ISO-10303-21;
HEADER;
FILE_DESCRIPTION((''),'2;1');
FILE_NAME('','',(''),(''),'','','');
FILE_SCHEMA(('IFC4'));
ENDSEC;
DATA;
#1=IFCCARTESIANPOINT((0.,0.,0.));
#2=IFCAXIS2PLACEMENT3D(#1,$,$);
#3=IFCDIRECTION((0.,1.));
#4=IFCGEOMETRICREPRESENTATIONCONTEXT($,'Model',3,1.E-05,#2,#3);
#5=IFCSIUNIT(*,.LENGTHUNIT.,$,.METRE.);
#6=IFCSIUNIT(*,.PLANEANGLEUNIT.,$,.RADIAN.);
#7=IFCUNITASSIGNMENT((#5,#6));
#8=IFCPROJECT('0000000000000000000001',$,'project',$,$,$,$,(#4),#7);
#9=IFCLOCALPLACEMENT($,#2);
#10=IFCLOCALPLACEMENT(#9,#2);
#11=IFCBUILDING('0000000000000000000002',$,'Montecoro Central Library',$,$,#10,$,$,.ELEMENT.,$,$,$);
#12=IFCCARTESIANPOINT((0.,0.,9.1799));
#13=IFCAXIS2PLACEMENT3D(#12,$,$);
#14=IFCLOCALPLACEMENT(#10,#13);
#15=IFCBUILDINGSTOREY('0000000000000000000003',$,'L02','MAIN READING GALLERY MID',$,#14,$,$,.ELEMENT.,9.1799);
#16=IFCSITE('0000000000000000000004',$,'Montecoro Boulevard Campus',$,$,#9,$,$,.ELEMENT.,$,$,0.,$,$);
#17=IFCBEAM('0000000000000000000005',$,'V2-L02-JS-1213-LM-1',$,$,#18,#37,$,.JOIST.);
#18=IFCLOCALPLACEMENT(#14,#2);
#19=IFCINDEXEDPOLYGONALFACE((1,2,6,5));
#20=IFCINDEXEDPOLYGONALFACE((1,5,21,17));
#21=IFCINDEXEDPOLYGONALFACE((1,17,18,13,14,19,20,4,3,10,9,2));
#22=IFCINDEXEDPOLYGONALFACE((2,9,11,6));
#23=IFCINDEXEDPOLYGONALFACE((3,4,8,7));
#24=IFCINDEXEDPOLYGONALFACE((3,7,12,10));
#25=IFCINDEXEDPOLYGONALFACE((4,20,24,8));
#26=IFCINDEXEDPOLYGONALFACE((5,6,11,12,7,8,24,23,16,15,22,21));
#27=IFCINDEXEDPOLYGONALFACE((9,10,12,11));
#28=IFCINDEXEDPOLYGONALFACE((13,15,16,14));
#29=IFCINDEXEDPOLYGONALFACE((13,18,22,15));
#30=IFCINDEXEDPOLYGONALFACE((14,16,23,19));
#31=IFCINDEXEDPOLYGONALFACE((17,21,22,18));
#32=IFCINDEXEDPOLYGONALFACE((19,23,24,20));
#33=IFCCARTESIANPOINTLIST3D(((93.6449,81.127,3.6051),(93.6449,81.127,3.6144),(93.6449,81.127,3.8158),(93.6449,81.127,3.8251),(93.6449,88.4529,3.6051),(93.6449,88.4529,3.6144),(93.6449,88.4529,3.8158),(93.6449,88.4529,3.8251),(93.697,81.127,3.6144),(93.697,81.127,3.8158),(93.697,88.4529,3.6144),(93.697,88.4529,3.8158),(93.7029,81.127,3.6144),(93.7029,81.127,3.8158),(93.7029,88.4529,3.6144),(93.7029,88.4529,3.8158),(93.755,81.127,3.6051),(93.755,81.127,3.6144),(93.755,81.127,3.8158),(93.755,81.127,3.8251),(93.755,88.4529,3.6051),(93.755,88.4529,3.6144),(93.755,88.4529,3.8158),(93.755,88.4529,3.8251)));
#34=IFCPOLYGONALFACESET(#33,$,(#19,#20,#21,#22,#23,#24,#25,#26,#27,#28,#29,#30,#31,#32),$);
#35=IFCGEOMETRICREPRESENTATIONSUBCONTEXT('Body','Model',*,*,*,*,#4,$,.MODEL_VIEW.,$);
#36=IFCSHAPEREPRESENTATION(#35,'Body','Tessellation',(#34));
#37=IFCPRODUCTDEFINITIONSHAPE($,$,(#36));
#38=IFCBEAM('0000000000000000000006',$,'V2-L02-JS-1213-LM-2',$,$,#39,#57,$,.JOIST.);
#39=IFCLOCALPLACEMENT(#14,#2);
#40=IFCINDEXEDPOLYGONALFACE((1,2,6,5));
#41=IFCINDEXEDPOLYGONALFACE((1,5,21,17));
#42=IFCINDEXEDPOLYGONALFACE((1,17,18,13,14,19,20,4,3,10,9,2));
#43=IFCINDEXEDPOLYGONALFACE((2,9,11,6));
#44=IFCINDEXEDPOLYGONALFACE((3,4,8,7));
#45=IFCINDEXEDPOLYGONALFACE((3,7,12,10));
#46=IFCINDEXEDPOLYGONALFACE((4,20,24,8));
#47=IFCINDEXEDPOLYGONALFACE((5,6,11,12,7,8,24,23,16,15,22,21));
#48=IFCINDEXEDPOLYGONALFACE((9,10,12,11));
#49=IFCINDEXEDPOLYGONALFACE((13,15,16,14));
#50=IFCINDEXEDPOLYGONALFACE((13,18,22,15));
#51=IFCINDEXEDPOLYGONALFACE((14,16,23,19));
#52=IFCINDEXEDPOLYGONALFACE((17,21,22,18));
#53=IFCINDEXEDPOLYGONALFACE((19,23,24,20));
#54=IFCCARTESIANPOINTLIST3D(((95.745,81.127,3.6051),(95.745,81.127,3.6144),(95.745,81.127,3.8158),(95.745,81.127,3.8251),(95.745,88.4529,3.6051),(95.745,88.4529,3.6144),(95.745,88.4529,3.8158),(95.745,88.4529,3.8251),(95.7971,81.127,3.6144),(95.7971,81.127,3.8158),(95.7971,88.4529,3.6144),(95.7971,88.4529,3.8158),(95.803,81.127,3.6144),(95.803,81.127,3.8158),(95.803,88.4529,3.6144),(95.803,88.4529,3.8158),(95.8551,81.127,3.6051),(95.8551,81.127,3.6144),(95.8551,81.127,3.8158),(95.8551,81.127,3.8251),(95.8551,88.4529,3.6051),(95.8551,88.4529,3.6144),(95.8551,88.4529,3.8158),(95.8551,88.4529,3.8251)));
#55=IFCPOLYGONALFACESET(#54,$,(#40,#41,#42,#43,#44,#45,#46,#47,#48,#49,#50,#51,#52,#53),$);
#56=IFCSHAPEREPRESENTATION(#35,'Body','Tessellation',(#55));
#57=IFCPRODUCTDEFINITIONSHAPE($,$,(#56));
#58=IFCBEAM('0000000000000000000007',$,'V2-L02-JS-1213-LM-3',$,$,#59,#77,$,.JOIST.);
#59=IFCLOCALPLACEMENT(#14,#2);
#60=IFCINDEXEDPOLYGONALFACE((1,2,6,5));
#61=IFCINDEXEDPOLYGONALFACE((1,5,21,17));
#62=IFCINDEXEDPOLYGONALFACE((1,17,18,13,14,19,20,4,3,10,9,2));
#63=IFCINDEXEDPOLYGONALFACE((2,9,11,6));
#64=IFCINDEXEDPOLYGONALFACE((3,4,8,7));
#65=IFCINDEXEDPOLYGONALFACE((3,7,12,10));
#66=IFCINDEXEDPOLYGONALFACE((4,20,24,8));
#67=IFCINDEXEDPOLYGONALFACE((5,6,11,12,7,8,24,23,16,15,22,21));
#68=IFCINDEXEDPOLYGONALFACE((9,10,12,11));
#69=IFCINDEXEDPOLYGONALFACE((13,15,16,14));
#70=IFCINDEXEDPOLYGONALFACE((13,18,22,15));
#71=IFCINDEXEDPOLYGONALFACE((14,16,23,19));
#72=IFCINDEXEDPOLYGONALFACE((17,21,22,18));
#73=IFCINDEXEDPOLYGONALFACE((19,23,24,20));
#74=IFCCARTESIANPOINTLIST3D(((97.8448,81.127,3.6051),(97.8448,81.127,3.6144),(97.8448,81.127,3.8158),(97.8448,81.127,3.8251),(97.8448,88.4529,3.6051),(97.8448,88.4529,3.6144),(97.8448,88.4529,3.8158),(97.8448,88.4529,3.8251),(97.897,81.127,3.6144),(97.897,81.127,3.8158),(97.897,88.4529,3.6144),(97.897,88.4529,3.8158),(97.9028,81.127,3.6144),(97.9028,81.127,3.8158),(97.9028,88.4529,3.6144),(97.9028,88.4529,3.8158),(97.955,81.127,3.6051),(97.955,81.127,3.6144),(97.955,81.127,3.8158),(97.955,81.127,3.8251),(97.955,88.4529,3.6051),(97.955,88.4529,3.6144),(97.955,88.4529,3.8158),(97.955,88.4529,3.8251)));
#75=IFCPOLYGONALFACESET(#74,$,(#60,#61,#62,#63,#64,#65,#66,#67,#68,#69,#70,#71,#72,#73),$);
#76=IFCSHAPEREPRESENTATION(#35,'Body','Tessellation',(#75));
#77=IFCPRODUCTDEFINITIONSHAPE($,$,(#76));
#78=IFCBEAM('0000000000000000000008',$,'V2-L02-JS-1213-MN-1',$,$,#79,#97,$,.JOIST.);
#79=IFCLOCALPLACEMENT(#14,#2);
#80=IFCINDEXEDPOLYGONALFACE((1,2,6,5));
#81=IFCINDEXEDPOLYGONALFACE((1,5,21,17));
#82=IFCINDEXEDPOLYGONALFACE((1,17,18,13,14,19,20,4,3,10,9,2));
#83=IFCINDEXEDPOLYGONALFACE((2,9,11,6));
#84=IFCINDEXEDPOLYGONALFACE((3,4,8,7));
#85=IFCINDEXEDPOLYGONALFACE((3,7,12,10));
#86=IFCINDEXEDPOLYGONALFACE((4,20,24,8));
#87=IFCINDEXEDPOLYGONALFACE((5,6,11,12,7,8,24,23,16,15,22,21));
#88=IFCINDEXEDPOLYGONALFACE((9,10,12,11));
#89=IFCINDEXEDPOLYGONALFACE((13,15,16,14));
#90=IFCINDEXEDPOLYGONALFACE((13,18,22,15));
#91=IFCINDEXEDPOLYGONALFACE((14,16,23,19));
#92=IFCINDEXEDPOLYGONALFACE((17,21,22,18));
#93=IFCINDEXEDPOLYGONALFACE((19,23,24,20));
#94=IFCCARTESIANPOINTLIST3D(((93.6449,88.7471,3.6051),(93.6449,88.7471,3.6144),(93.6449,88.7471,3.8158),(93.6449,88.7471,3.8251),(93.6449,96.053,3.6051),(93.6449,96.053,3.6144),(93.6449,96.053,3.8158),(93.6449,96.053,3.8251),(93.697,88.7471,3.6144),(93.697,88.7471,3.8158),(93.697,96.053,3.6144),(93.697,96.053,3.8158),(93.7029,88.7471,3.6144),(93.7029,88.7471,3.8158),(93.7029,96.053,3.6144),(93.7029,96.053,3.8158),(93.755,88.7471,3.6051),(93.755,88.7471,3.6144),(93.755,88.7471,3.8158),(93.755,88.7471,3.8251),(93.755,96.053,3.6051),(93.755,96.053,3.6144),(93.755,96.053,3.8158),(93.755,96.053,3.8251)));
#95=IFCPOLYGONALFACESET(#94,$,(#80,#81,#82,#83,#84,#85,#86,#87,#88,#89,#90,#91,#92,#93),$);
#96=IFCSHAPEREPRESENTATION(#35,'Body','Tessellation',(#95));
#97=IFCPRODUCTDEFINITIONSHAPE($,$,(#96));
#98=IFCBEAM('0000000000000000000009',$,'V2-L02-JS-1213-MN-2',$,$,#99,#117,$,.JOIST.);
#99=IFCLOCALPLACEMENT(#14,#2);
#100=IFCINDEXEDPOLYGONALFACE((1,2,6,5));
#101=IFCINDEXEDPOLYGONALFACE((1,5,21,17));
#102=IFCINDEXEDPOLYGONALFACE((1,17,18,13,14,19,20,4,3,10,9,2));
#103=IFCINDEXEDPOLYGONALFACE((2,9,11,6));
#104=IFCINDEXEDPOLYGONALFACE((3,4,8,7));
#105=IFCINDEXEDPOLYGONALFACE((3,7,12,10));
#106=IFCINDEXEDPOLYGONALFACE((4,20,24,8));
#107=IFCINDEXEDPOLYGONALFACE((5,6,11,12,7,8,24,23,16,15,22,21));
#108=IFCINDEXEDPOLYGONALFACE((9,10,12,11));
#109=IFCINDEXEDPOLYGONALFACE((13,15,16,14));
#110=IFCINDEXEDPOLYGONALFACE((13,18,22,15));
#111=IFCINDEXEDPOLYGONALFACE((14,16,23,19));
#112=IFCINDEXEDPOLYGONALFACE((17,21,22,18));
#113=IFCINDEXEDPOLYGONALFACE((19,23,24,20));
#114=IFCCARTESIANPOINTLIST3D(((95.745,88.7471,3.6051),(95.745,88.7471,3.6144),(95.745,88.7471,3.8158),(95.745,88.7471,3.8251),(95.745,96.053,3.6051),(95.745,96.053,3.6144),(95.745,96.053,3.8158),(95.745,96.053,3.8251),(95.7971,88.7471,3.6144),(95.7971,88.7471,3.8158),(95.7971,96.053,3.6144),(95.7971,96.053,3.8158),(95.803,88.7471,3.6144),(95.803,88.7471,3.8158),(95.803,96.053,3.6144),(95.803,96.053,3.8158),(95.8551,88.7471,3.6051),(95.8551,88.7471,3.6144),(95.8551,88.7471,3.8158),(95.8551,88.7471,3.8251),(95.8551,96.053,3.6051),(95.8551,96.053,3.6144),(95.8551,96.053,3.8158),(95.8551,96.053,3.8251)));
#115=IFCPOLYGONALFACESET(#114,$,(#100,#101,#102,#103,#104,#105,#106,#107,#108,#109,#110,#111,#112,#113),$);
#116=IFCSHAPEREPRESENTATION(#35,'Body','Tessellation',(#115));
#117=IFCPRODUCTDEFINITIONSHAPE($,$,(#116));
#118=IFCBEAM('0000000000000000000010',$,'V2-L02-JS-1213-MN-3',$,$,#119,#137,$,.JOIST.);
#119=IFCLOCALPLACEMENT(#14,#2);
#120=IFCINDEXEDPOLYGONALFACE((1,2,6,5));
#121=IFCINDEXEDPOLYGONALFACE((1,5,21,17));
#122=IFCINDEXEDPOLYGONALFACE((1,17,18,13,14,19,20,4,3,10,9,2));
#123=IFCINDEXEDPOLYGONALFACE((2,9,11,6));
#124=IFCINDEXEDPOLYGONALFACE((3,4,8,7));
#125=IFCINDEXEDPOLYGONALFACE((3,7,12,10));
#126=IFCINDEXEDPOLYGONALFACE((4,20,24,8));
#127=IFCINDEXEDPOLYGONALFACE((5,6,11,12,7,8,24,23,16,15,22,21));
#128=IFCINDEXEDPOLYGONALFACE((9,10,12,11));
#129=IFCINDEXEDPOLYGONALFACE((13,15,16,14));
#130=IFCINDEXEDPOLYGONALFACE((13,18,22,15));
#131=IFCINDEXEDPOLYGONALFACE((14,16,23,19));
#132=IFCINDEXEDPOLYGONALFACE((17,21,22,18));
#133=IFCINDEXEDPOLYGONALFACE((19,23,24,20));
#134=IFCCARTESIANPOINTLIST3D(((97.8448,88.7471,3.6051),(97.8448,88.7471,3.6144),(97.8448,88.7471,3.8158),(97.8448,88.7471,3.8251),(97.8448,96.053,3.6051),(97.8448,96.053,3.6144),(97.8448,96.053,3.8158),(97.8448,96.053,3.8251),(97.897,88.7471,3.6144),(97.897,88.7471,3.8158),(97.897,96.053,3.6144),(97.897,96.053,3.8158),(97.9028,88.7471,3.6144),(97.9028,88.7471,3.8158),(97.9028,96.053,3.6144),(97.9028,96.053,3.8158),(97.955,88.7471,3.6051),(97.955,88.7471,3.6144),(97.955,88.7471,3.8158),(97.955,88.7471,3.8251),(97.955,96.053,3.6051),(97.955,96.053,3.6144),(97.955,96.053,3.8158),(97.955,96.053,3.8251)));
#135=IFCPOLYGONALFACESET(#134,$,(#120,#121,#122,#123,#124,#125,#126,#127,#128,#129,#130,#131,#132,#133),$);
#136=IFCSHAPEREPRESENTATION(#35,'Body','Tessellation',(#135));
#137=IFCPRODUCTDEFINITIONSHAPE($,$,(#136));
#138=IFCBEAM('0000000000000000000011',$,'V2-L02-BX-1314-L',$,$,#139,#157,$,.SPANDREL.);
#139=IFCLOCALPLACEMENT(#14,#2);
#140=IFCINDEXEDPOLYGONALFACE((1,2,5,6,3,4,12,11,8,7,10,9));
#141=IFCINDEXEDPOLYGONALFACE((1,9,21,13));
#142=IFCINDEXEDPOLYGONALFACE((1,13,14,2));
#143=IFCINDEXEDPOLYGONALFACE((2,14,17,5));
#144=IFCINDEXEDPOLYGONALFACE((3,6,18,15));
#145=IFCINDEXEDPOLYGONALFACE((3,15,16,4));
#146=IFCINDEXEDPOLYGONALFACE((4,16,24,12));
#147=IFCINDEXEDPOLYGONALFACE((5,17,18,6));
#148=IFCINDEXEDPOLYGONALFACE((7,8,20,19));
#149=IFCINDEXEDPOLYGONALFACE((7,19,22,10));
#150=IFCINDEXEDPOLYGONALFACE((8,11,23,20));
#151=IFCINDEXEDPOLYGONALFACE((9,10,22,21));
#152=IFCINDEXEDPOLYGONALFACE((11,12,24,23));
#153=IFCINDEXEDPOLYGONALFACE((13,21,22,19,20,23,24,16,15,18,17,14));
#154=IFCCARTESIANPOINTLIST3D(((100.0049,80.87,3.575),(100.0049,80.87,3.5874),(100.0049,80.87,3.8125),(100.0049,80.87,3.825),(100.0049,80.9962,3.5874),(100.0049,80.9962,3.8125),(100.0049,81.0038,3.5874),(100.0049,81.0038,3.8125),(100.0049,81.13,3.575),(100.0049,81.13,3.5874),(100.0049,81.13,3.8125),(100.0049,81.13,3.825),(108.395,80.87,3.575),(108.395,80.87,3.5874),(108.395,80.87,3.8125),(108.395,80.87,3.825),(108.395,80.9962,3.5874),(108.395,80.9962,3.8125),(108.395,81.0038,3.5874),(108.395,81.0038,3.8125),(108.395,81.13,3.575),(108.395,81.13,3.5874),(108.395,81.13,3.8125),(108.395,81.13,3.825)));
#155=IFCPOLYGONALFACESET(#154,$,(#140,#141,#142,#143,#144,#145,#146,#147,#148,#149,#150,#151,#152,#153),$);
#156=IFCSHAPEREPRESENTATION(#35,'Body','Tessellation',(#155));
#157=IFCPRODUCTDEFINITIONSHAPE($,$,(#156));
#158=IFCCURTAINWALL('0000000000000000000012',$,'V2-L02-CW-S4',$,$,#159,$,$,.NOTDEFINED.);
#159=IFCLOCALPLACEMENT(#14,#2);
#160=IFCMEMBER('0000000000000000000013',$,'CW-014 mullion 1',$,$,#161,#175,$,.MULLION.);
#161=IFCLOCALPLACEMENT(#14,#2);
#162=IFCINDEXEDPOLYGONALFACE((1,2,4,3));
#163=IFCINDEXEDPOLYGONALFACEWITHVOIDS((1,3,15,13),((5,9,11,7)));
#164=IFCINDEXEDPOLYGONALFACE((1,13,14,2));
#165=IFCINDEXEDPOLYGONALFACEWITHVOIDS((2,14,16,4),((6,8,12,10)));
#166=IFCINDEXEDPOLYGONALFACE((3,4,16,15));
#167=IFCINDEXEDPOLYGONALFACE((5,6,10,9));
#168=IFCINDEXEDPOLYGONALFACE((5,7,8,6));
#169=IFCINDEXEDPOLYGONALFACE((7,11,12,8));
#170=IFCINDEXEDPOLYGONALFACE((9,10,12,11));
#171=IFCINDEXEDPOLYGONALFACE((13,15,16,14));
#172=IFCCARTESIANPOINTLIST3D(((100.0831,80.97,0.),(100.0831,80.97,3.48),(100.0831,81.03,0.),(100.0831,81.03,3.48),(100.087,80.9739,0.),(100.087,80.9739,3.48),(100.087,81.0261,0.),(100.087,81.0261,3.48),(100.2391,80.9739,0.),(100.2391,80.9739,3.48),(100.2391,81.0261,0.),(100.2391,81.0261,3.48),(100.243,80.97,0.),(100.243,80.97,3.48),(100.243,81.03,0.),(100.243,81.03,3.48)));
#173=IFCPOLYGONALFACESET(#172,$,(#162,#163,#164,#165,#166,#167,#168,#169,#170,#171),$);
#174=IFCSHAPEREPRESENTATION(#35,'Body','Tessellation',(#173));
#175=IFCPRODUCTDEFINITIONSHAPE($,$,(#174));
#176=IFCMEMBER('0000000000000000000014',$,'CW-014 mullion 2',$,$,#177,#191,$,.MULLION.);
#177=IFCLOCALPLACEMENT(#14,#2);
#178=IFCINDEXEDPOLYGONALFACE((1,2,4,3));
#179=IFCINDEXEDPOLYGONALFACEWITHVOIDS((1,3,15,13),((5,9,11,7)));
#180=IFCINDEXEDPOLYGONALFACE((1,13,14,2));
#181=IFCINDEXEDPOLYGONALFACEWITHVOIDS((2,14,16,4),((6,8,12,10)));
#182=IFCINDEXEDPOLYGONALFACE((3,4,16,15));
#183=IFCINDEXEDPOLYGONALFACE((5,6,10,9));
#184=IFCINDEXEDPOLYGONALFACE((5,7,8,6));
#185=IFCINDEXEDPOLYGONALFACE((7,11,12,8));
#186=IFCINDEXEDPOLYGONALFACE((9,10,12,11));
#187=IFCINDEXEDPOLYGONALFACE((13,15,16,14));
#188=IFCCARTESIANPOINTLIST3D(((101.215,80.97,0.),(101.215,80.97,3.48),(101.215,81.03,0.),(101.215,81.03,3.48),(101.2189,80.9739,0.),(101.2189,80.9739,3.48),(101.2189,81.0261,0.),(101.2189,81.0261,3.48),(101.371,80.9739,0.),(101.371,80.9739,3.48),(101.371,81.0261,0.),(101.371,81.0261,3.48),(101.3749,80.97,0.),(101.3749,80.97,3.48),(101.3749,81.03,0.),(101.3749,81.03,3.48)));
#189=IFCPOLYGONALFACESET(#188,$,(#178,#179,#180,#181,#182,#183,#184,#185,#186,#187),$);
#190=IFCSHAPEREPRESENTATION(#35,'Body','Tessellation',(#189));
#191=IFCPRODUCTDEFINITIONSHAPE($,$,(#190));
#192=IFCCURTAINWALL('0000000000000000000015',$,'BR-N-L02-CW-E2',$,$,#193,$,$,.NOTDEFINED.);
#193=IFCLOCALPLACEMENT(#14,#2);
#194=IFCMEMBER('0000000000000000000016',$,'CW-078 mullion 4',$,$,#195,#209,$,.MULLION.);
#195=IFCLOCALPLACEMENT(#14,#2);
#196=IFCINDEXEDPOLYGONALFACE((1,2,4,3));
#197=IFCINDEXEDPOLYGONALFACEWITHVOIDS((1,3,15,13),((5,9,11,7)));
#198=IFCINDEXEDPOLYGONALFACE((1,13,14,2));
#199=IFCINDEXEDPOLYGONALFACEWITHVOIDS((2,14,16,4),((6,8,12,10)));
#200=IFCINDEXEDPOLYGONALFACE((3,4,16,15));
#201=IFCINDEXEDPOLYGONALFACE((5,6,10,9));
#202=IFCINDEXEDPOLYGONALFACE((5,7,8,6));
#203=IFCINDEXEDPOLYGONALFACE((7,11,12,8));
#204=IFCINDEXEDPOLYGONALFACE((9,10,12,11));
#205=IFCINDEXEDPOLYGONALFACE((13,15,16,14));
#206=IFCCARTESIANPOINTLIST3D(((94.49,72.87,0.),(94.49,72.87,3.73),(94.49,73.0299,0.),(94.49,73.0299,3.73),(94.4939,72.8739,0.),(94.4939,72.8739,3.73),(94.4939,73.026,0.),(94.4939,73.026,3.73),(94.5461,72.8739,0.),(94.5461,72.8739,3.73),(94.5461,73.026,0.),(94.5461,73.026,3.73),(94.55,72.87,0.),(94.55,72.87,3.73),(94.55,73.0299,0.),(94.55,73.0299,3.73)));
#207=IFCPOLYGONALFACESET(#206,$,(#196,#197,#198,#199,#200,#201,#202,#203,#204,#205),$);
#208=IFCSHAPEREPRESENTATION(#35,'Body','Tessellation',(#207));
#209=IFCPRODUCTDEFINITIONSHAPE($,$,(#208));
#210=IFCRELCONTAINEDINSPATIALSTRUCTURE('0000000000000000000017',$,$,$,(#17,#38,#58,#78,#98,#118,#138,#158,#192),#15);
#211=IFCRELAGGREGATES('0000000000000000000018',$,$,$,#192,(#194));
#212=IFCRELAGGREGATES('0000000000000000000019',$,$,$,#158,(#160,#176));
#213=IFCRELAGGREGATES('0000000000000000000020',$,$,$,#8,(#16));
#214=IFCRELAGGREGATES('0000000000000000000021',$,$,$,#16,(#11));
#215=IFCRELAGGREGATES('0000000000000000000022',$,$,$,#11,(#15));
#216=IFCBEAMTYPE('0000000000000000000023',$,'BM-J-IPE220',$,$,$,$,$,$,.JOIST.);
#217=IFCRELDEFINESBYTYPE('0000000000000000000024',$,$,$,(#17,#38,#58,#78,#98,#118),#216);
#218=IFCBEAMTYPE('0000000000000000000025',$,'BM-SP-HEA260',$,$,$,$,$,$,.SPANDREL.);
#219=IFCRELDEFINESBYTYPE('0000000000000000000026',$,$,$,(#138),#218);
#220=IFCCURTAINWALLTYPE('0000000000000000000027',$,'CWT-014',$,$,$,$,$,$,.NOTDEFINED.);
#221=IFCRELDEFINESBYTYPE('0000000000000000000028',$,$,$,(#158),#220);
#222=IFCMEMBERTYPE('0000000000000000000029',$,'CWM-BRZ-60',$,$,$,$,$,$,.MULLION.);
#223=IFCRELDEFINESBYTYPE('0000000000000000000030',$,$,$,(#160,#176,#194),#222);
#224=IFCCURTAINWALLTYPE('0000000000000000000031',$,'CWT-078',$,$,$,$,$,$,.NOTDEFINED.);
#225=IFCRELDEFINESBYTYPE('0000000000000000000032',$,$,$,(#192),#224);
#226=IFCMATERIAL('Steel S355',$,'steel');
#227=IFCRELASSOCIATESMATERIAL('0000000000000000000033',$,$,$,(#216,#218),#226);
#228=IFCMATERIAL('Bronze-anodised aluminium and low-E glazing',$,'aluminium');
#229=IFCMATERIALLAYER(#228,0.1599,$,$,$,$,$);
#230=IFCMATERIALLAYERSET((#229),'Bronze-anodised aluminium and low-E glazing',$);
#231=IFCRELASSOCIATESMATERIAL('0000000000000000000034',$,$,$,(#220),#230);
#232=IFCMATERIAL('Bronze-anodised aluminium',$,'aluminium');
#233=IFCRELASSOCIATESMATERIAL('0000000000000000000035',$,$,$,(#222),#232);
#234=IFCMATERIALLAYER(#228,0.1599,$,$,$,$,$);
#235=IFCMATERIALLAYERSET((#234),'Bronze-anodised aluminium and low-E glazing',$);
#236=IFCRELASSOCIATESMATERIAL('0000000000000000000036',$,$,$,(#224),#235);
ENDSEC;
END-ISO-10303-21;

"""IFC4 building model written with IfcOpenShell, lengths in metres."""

from ifc_helpers import new_model, si_unit, direction, frame, origin, origin_2d, place, context, subcontext, project, spatial, hollow_rectangle, i_section, extrude, material, layer, layer_set, material_profile, profile_set, type_object, element, aggregate, save


model = new_model("IFC4")

# Units and contexts
model_context = context("Model", 3, precision=1e-05, world=origin(), true_north=direction((0.0, 1.0)))
body_context = subcontext(model_context, "Body", "Model", "MODEL_VIEW")
ifc_project = project(units=[si_unit("LENGTHUNIT", "METRE"), si_unit("PLANEANGLEUNIT", "RADIAN")], contexts=[model_context])

# Site, building, storey
site_placement = place(None, origin())
site = spatial("IfcSite", under=ifc_project, at=site_placement, Name="Montecoro Boulevard Campus", CompositionType="ELEMENT", RefElevation=0.0)
building_placement = place(site_placement, origin())
building = spatial("IfcBuilding", under=site, at=building_placement, Name="Montecoro Central Library", CompositionType="ELEMENT")
storey_placement = place(building_placement, frame((0.0, 0.0, 9.1799)))
storey = spatial("IfcBuildingStorey", under=building, at=storey_placement, Name="L02", Description="MAIN READING GALLERY MID", CompositionType="ELEMENT", Elevation=9.1799)

# Shared definitions
ifc_material_1 = material(Name="Steel S355", Category="steel")

# Beams
ifc_material_profile_1 = material_profile(ifc_material_1, i_section(OverallWidth=0.1101, OverallDepth=0.22, WebThickness=0.0059, FlangeThickness=0.0093, at=origin_2d()), Name="IPE 220")
ifc_profile_set_1 = profile_set([ifc_material_profile_1], Name="Steel S355")
beam_type_1 = type_object("IfcBeamType", Name="BM-J-IPE220", PredefinedType="JOIST", material=ifc_profile_set_1)
for number, where, z_axis, x_axis, name in (
    (1, (93.7, 81.127, 3.7151), (0.0, 1.0, 0.0), (-1.0, 0.0, 0.0), "V2-L02-JS-1213-LM-1"),
    (2, (95.8, 81.127, 3.7151), (0.0, 1.0, 0.0), (-1.0, 0.0, 0.0), "V2-L02-JS-1213-LM-2"),
    (3, (97.8999, 81.127, 3.7151), (0.0, 1.0, 0.0), (-1.0, 0.0, 0.0), "V2-L02-JS-1213-LM-3"),
):
    element("IfcBeam", number, at=place(storey_placement, frame(where, z_axis=z_axis, x_axis=x_axis)), inside=storey, type_object=beam_type_1, Name=name, PredefinedType="JOIST", context=body_context, shape_type="SweptSolid", body=[
        extrude(i_section(OverallWidth=0.1101, OverallDepth=0.22, WebThickness=0.0059, FlangeThickness=0.0093, at=origin_2d()), origin(), (0.0, 0.0, 1.0), 7.3259),
    ])
for number, where, z_axis, x_axis, name in (
    (4, (93.7, 88.7471, 3.7151), (0.0, 1.0, 0.0), (-1.0, 0.0, 0.0), "V2-L02-JS-1213-MN-1"),
    (5, (95.8, 88.7471, 3.7151), (0.0, 1.0, 0.0), (-1.0, 0.0, 0.0), "V2-L02-JS-1213-MN-2"),
    (6, (97.8999, 88.7471, 3.7151), (0.0, 1.0, 0.0), (-1.0, 0.0, 0.0), "V2-L02-JS-1213-MN-3"),
):
    element("IfcBeam", number, at=place(storey_placement, frame(where, z_axis=z_axis, x_axis=x_axis)), inside=storey, type_object=beam_type_1, Name=name, PredefinedType="JOIST", context=body_context, shape_type="SweptSolid", body=[
        extrude(i_section(OverallWidth=0.1101, OverallDepth=0.22, WebThickness=0.0059, FlangeThickness=0.0093, at=origin_2d()), origin(), (0.0, 0.0, 1.0), 7.3059),
    ])
ifc_material_profile_2 = material_profile(ifc_material_1, i_section(OverallWidth=0.26, OverallDepth=0.25, WebThickness=0.0076, FlangeThickness=0.0125, at=origin_2d()), Name="HEA 260")
ifc_profile_set_2 = profile_set([ifc_material_profile_2], Name="Steel S355")
beam_type_2 = type_object("IfcBeamType", Name="BM-SP-HEA260", PredefinedType="SPANDREL", material=ifc_profile_set_2)
beam_placement = place(storey_placement, frame((100.0049, 81.0, 3.7), z_axis=(1.0, 0.0, 0.0), x_axis=(0.0, 1.0, 0.0)))
element("IfcBeam", 7, at=beam_placement, inside=storey, type_object=beam_type_2, Name="V2-L02-BX-1314-L", PredefinedType="SPANDREL", context=body_context, shape_type="SweptSolid", body=[
    extrude(i_section(OverallWidth=0.26, OverallDepth=0.25, WebThickness=0.0076, FlangeThickness=0.0125, at=origin_2d()), origin(), (0.0, 0.0, 1.0), 8.3901),
])

# Curtain wall, members
ifc_material_2 = material(Name="Bronze-anodised aluminium and low-E glazing", Category="aluminium")
ifc_layer_1 = layer(ifc_material_2, 0.1599)
ifc_layer_set_1 = layer_set([ifc_layer_1], Name="Bronze-anodised aluminium and low-E glazing")
curtain_wall_type_1 = type_object("IfcCurtainWallType", Name="CWT-014", PredefinedType="NOTDEFINED", material=ifc_layer_set_1)
curtain_wall_1_placement = place(storey_placement, origin())
curtain_wall_1 = element("IfcCurtainWall", 8, at=curtain_wall_1_placement, inside=storey, type_object=curtain_wall_type_1, Name="V2-L02-CW-S4", PredefinedType="NOTDEFINED")
ifc_material_3 = material(Name="Bronze-anodised aluminium", Category="aluminium")
ifc_material_profile_3 = material_profile(ifc_material_3, hollow_rectangle(XDim=0.0601, YDim=0.1599, WallThickness=0.0039, at=origin_2d()), Name="CWM 160x60x4.0")
ifc_profile_set_3 = profile_set([ifc_material_profile_3], Name="Bronze-anodised aluminium")
member_type_1 = type_object("IfcMemberType", Name="CWM-BRZ-60", PredefinedType="MULLION", material=ifc_profile_set_3)
member_1_placement = place(storey_placement, frame((100.1631, 81.0, 0.0), z_axis=(0.0, 0.0, 1.0), x_axis=(0.0, 1.0, 0.0)))
member_1 = element("IfcMember", 9, at=member_1_placement, type_object=member_type_1, Name="CW-014 mullion 1", PredefinedType="MULLION", context=body_context, shape_type="SweptSolid", body=[
    extrude(hollow_rectangle(XDim=0.0601, YDim=0.1599, WallThickness=0.0039, at=origin_2d()), origin(), (0.0, 0.0, 1.0), 3.48),
])
member_2_placement = place(storey_placement, frame((101.2949, 81.0, 0.0), z_axis=(0.0, 0.0, 1.0), x_axis=(0.0, 1.0, 0.0)))
member_2 = element("IfcMember", 10, at=member_2_placement, type_object=member_type_1, Name="CW-014 mullion 2", PredefinedType="MULLION", context=body_context, shape_type="SweptSolid", body=[
    extrude(hollow_rectangle(XDim=0.0601, YDim=0.1599, WallThickness=0.0039, at=origin_2d()), origin(), (0.0, 0.0, 1.0), 3.48),
])

# Curtain wall, member
ifc_layer_2 = layer(ifc_material_2, 0.1599)
ifc_layer_set_2 = layer_set([ifc_layer_2], Name="Bronze-anodised aluminium and low-E glazing")
curtain_wall_type_2 = type_object("IfcCurtainWallType", Name="CWT-078", PredefinedType="NOTDEFINED", material=ifc_layer_set_2)
curtain_wall_2_placement = place(storey_placement, origin())
curtain_wall_2 = element("IfcCurtainWall", 11, at=curtain_wall_2_placement, inside=storey, type_object=curtain_wall_type_2, Name="BR-N-L02-CW-E2", PredefinedType="NOTDEFINED")
member_3_placement = place(storey_placement, frame((94.52, 72.95, 0.0), z_axis=(0.0, 0.0, 1.0), x_axis=(-1.0, 0.0, 0.0)))
member_3 = element("IfcMember", 12, at=member_3_placement, type_object=member_type_1, Name="CW-078 mullion 4", PredefinedType="MULLION", context=body_context, shape_type="SweptSolid", body=[
    extrude(hollow_rectangle(XDim=0.0601, YDim=0.1599, WallThickness=0.0039, at=origin_2d()), origin(), (0.0, 0.0, 1.0), 3.73),
])
aggregate(curtain_wall_2, [member_3])

aggregate(curtain_wall_1, [member_1, member_2])

save(model, "model.ifc")
